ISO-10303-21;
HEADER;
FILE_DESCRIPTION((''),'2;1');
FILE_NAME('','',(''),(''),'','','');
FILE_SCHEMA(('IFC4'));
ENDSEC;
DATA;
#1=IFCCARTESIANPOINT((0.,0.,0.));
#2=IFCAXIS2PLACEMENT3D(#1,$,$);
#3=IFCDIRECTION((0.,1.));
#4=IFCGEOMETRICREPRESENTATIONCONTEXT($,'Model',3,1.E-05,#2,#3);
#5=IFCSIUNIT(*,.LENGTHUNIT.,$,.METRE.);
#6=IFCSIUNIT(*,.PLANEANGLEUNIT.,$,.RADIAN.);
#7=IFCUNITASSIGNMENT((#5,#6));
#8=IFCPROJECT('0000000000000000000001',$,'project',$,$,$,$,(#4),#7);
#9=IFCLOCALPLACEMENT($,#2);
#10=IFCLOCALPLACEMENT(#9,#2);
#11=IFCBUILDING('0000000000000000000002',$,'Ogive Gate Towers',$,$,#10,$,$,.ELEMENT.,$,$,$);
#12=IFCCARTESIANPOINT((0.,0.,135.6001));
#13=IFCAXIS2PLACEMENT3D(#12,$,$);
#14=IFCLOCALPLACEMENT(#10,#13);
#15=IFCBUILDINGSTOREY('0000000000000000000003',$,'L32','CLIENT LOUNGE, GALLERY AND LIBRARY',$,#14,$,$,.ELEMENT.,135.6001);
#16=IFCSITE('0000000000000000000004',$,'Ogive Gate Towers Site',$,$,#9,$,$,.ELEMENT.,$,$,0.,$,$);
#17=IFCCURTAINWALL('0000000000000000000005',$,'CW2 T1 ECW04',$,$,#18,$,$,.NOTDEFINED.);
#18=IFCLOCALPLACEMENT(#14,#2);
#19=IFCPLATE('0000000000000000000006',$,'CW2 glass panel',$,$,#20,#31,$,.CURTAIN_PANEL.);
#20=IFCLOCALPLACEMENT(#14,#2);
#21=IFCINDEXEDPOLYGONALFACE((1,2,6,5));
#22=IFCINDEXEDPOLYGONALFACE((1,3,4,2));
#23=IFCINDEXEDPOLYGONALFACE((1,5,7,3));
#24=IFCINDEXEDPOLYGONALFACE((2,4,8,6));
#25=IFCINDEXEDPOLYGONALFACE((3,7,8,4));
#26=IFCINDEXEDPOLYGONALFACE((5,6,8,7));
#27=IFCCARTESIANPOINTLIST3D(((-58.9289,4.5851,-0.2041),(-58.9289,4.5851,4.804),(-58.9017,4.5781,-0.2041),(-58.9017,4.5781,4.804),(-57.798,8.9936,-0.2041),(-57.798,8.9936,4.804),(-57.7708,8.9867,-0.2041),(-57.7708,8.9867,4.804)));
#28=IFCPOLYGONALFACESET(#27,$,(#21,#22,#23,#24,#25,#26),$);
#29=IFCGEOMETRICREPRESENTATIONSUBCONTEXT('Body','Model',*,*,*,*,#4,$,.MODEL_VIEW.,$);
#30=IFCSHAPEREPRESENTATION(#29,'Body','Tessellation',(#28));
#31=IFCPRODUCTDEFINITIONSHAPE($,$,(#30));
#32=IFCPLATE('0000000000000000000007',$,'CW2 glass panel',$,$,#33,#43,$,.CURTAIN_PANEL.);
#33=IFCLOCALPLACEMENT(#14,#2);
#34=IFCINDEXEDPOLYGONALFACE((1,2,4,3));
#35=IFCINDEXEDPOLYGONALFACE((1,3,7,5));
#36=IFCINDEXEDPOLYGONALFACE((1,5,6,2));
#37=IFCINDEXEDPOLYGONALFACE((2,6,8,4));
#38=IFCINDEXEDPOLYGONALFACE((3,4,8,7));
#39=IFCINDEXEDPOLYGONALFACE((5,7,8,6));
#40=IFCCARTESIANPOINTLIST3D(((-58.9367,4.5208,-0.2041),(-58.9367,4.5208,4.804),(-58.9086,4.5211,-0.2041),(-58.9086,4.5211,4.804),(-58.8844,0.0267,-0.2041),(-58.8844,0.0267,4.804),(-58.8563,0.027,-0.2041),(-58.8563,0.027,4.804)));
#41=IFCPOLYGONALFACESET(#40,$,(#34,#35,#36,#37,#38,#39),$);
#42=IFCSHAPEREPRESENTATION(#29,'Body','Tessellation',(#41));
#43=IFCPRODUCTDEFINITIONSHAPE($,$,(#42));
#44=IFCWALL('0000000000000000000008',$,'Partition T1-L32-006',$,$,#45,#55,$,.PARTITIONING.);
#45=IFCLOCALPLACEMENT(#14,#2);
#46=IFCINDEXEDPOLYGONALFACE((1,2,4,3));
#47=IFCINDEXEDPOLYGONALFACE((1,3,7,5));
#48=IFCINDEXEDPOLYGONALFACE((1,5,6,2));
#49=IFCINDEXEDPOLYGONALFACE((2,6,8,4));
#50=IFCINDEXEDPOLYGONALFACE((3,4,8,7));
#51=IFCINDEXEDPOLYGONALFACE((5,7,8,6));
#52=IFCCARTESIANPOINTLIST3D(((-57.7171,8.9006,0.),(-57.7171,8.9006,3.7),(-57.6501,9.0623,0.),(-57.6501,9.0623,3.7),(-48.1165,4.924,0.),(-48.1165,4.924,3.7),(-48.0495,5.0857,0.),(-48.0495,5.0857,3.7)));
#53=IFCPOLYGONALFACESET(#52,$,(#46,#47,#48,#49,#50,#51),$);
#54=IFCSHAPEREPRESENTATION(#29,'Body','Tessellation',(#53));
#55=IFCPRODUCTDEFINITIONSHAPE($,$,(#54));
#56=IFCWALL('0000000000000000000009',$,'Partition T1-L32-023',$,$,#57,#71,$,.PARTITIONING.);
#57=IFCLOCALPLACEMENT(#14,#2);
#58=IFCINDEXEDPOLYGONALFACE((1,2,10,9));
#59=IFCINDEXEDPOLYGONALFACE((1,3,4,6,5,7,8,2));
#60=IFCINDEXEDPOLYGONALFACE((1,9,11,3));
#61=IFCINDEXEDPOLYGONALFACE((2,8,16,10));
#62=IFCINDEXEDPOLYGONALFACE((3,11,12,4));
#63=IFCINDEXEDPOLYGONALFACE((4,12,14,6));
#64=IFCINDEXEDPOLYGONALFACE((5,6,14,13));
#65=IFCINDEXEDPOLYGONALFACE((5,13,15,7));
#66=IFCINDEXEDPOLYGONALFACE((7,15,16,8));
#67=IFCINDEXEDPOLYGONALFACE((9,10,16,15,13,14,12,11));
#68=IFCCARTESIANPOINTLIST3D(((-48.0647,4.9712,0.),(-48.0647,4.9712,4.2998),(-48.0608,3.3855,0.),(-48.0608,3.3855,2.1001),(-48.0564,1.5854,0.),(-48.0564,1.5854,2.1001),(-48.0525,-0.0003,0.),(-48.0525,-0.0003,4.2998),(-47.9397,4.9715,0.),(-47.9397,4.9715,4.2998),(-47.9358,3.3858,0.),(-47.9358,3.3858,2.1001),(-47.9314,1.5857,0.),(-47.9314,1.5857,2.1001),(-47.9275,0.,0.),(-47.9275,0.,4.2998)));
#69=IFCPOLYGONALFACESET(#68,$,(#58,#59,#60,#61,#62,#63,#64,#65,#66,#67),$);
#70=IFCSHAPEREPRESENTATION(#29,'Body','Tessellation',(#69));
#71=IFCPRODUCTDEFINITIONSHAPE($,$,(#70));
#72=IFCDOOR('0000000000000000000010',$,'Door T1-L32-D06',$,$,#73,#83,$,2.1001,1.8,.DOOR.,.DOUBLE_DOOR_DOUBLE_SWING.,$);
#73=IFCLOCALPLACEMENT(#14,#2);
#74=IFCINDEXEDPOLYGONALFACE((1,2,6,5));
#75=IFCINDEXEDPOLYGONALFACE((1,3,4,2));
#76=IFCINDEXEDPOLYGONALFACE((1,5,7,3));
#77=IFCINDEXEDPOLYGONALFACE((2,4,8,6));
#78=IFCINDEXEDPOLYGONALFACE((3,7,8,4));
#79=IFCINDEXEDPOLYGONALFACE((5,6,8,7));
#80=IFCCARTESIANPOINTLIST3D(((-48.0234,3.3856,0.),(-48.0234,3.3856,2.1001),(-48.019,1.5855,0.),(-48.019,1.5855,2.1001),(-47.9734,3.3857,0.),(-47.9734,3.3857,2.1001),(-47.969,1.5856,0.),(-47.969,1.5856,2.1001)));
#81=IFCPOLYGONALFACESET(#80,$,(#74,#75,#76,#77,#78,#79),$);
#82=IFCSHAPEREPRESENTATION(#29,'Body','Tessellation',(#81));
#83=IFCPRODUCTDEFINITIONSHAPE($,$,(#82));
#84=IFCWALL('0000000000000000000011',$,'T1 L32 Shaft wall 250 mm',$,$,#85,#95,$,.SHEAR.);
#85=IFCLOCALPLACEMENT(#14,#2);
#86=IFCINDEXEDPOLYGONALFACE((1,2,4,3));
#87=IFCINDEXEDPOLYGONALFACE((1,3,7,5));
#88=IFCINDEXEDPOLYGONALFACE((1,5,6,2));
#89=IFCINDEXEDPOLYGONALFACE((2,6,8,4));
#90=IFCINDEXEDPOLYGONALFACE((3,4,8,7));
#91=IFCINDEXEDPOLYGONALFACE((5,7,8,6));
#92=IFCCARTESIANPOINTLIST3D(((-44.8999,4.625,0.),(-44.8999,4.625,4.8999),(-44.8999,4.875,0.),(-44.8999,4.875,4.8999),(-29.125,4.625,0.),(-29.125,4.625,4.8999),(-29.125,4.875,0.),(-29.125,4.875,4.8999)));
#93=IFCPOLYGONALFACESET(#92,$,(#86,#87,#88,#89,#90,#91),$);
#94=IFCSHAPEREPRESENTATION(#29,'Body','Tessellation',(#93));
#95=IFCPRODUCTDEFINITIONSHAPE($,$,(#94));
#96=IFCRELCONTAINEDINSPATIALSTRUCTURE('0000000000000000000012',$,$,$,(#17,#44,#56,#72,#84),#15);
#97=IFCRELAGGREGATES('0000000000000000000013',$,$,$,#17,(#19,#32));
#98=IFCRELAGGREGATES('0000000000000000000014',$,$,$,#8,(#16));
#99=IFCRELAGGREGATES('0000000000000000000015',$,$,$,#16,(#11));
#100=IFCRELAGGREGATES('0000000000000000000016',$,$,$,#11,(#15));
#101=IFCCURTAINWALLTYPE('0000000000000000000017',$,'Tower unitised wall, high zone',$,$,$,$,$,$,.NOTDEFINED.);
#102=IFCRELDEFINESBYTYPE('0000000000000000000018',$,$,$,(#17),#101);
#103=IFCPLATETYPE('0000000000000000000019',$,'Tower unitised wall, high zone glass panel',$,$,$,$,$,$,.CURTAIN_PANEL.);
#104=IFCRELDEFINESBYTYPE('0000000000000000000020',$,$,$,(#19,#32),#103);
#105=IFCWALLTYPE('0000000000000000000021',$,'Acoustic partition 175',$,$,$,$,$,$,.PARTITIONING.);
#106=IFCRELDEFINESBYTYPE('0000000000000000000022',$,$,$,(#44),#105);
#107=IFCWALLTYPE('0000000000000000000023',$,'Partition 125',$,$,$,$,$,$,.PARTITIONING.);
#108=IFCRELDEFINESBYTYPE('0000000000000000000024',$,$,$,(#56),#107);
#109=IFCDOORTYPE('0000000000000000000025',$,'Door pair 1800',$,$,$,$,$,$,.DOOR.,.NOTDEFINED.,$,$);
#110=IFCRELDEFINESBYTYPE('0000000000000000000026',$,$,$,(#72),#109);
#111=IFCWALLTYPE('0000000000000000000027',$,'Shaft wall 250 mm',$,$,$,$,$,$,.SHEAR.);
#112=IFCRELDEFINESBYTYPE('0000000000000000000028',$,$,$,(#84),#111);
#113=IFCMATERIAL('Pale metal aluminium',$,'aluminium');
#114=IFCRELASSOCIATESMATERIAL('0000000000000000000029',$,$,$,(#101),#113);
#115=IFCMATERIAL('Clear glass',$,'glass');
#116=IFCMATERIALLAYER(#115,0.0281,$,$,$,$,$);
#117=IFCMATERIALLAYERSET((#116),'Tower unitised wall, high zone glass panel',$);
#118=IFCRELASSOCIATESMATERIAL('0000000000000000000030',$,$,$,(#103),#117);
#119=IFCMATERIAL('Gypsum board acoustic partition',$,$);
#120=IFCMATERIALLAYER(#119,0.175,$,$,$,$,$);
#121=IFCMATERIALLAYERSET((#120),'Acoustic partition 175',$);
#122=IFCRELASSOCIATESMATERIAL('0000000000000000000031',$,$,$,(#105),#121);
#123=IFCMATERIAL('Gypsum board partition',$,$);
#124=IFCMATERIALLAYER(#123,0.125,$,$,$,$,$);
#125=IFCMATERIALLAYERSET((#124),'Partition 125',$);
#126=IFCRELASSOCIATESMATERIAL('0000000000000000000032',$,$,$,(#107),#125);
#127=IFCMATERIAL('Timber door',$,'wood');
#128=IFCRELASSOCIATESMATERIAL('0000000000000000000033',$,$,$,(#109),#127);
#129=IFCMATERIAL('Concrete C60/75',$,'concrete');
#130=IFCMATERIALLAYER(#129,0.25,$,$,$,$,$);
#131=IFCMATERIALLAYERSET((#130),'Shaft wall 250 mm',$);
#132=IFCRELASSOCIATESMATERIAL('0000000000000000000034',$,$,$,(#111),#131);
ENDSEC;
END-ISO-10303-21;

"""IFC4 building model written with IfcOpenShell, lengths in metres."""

from ifc_helpers import new_model, si_unit, direction, frame, frame_2d, origin, origin_2d, place, context, subcontext, project, spatial, rectangle, extrude, material, layer, layer_set, type_object, element, fill, aggregate, save


model = new_model("IFC4")

# Units and contexts
model_context = context("Model", 3, precision=1e-05, world=origin(), true_north=direction((0.0, 1.0)))
body_context = subcontext(model_context, "Body", "Model", "MODEL_VIEW")
ifc_project = project(units=[si_unit("LENGTHUNIT", "METRE"), si_unit("PLANEANGLEUNIT", "RADIAN")], contexts=[model_context])

# Site, building, storey
site_placement = place(None, origin())
site = spatial("IfcSite", under=ifc_project, at=site_placement, Name="Ogive Gate Towers Site", CompositionType="ELEMENT", RefElevation=0.0)
building_placement = place(site_placement, origin())
building = spatial("IfcBuilding", under=site, at=building_placement, Name="Ogive Gate Towers", CompositionType="ELEMENT")
storey_placement = place(building_placement, frame((0.0, 0.0, 135.6001)))
storey = spatial("IfcBuildingStorey", under=building, at=storey_placement, Name="L32", Description="CLIENT LOUNGE, GALLERY AND LIBRARY", CompositionType="ELEMENT", Elevation=135.6001)

# Curtain wall
ifc_material_1 = material(Name="Pale metal aluminium", Category="aluminium")
curtain_wall_type = type_object("IfcCurtainWallType", Name="Tower unitised wall, high zone", PredefinedType="NOTDEFINED", material=ifc_material_1)
curtain_wall_placement = place(storey_placement, origin())
curtain_wall = element("IfcCurtainWall", 1, at=curtain_wall_placement, inside=storey, type_object=curtain_wall_type, Name="CW2 T1 ECW04", PredefinedType="NOTDEFINED")

# Plates
ifc_material_2 = material(Name="Clear glass", Category="glass")
ifc_layer_1 = layer(ifc_material_2, 0.0281)
ifc_layer_set_1 = layer_set([ifc_layer_1], Name="Tower unitised wall, high zone glass panel")
plate_type = type_object("IfcPlateType", Name="Tower unitised wall, high zone glass panel", PredefinedType="CURTAIN_PANEL", material=ifc_layer_set_1)
plate_1_placement = place(storey_placement, frame((-58.3499, 6.7859, -0.2041), z_axis=(0.0, 0.0, 1.0), x_axis=(-0.24847, -0.96864, 0.0)))
plate_1 = element("IfcPlate", 2, at=plate_1_placement, type_object=plate_type, Name="CW2 glass panel", PredefinedType="CURTAIN_PANEL", context=body_context, shape_type="SweptSolid", body=[
    extrude(rectangle(XDim=4.5513, YDim=0.0281, at=origin_2d()), origin(), (0.0, 0.0, 1.0), 5.0081),
])
plate_2_placement = place(storey_placement, frame((-58.8965, 2.2739, -0.2041), z_axis=(0.0, 0.0, 1.0), x_axis=(0.011641, -0.999932, 0.0)))
plate_2 = element("IfcPlate", 3, at=plate_2_placement, type_object=plate_type, Name="CW2 glass panel", PredefinedType="CURTAIN_PANEL", context=body_context, shape_type="SweptSolid", body=[
    extrude(rectangle(XDim=4.4944, YDim=0.0281, at=origin_2d()), origin(), (0.0, 0.0, 1.0), 5.0081),
])
aggregate(curtain_wall, [plate_1, plate_2])

# Wall
ifc_material_3 = material(Name="Gypsum board acoustic partition")
ifc_layer_2 = layer(ifc_material_3, 0.175)
ifc_layer_set_2 = layer_set([ifc_layer_2], Name="Acoustic partition 175")
wall_type_1 = type_object("IfcWallType", Name="Acoustic partition 175", PredefinedType="PARTITIONING", material=ifc_layer_set_2)
wall_1_placement = place(storey_placement, frame((-57.6836, 8.9814, 0.0), z_axis=(0.0, 0.0, 1.0), x_axis=(0.923884, -0.382673, 0.0)))
element("IfcWall", 4, at=wall_1_placement, inside=storey, type_object=wall_type_1, Name="Partition T1-L32-006", PredefinedType="PARTITIONING", context=body_context, shape_type="SweptSolid", body=[
    extrude(rectangle(XDim=10.3916, YDim=0.175, at=frame_2d((5.1958, 0.0))), origin(), (0.0, 0.0, 1.0), 3.7),
])

# Wall, opening, door
ifc_material_4 = material(Name="Gypsum board partition")
ifc_layer_3 = layer(ifc_material_4, 0.125)
ifc_layer_set_3 = layer_set([ifc_layer_3], Name="Partition 125")
wall_type_2 = type_object("IfcWallType", Name="Partition 125", PredefinedType="PARTITIONING", material=ifc_layer_set_3)
wall_2_placement = place(storey_placement, frame((-48.0022, 4.9714, 0.0), z_axis=(0.0, 0.0, 1.0), x_axis=(0.002455, -0.999997, 0.0)))
wall_2 = element("IfcWall", 5, at=wall_2_placement, inside=storey, type_object=wall_type_2, Name="Partition T1-L32-023", PredefinedType="PARTITIONING", context=body_context, shape_type="SweptSolid", body=[
    extrude(rectangle(XDim=4.9714, YDim=0.125, at=frame_2d((2.4858, 0.0))), origin(), (0.0, 0.0, 1.0), 4.2998),
])
opening_1_placement = place(wall_2_placement, frame((1.5859, 0.0, 0.0)))
opening_1 = element("IfcOpeningElement", 6, at=opening_1_placement, cuts=wall_2, PredefinedType="OPENING", context=body_context, shape_type="SweptSolid", body=[
    extrude(rectangle(XDim=1.8, YDim=2.1001, at=frame_2d((0.8999, 1.05))), frame((0.0, 0.0725, 0.0), z_axis=(0.0, -1.0, 0.0), x_axis=(1.0, 0.0, 0.0)), (0.0, 0.0, 1.0), 0.145),
])
ifc_material_5 = material(Name="Timber door", Category="wood")
door_type_1 = type_object("IfcDoorType", Name="Door pair 1800", OperationType="NOTDEFINED", PredefinedType="DOOR", material=ifc_material_5)
door_1_placement = place(opening_1_placement, origin())
door_1 = element("IfcDoor", 7, at=door_1_placement, inside=storey, type_object=door_type_1, Name="Door T1-L32-D06", OperationType="DOUBLE_DOOR_DOUBLE_SWING", OverallHeight=2.1001, OverallWidth=1.8, PredefinedType="DOOR", context=body_context, shape_type="SweptSolid", body=[
    extrude(rectangle(XDim=1.8, YDim=2.1001, at=frame_2d((0.8999, 1.05))), frame((0.0, 0.0249, 0.0), z_axis=(0.0, -1.0, 0.0), x_axis=(1.0, 0.0, 0.0)), (0.0, 0.0, 1.0), 0.05),
])
fill(opening_1, door_1)

# Wall
ifc_material_6 = material(Name="Concrete C60/75", Category="concrete")
ifc_layer_4 = layer(ifc_material_6, 0.25)
ifc_layer_set_4 = layer_set([ifc_layer_4], Name="Shaft wall 250 mm")
wall_type_3 = type_object("IfcWallType", Name="Shaft wall 250 mm", PredefinedType="SHEAR", material=ifc_layer_set_4)
wall_3_placement = place(storey_placement, frame((-44.8999, 4.75, 0.0), z_axis=(0.0, 0.0, 1.0), x_axis=(1.0, 0.0, 0.0)))
element("IfcWall", 8, at=wall_3_placement, inside=storey, type_object=wall_type_3, Name="T1 L32 Shaft wall 250 mm", PredefinedType="SHEAR", context=body_context, shape_type="SweptSolid", body=[
    extrude(rectangle(XDim=15.7749, YDim=0.25, at=frame_2d((7.8875, 0.0))), origin(), (0.0, 0.0, 1.0), 4.8999),
])

save(model, "model.ifc")
